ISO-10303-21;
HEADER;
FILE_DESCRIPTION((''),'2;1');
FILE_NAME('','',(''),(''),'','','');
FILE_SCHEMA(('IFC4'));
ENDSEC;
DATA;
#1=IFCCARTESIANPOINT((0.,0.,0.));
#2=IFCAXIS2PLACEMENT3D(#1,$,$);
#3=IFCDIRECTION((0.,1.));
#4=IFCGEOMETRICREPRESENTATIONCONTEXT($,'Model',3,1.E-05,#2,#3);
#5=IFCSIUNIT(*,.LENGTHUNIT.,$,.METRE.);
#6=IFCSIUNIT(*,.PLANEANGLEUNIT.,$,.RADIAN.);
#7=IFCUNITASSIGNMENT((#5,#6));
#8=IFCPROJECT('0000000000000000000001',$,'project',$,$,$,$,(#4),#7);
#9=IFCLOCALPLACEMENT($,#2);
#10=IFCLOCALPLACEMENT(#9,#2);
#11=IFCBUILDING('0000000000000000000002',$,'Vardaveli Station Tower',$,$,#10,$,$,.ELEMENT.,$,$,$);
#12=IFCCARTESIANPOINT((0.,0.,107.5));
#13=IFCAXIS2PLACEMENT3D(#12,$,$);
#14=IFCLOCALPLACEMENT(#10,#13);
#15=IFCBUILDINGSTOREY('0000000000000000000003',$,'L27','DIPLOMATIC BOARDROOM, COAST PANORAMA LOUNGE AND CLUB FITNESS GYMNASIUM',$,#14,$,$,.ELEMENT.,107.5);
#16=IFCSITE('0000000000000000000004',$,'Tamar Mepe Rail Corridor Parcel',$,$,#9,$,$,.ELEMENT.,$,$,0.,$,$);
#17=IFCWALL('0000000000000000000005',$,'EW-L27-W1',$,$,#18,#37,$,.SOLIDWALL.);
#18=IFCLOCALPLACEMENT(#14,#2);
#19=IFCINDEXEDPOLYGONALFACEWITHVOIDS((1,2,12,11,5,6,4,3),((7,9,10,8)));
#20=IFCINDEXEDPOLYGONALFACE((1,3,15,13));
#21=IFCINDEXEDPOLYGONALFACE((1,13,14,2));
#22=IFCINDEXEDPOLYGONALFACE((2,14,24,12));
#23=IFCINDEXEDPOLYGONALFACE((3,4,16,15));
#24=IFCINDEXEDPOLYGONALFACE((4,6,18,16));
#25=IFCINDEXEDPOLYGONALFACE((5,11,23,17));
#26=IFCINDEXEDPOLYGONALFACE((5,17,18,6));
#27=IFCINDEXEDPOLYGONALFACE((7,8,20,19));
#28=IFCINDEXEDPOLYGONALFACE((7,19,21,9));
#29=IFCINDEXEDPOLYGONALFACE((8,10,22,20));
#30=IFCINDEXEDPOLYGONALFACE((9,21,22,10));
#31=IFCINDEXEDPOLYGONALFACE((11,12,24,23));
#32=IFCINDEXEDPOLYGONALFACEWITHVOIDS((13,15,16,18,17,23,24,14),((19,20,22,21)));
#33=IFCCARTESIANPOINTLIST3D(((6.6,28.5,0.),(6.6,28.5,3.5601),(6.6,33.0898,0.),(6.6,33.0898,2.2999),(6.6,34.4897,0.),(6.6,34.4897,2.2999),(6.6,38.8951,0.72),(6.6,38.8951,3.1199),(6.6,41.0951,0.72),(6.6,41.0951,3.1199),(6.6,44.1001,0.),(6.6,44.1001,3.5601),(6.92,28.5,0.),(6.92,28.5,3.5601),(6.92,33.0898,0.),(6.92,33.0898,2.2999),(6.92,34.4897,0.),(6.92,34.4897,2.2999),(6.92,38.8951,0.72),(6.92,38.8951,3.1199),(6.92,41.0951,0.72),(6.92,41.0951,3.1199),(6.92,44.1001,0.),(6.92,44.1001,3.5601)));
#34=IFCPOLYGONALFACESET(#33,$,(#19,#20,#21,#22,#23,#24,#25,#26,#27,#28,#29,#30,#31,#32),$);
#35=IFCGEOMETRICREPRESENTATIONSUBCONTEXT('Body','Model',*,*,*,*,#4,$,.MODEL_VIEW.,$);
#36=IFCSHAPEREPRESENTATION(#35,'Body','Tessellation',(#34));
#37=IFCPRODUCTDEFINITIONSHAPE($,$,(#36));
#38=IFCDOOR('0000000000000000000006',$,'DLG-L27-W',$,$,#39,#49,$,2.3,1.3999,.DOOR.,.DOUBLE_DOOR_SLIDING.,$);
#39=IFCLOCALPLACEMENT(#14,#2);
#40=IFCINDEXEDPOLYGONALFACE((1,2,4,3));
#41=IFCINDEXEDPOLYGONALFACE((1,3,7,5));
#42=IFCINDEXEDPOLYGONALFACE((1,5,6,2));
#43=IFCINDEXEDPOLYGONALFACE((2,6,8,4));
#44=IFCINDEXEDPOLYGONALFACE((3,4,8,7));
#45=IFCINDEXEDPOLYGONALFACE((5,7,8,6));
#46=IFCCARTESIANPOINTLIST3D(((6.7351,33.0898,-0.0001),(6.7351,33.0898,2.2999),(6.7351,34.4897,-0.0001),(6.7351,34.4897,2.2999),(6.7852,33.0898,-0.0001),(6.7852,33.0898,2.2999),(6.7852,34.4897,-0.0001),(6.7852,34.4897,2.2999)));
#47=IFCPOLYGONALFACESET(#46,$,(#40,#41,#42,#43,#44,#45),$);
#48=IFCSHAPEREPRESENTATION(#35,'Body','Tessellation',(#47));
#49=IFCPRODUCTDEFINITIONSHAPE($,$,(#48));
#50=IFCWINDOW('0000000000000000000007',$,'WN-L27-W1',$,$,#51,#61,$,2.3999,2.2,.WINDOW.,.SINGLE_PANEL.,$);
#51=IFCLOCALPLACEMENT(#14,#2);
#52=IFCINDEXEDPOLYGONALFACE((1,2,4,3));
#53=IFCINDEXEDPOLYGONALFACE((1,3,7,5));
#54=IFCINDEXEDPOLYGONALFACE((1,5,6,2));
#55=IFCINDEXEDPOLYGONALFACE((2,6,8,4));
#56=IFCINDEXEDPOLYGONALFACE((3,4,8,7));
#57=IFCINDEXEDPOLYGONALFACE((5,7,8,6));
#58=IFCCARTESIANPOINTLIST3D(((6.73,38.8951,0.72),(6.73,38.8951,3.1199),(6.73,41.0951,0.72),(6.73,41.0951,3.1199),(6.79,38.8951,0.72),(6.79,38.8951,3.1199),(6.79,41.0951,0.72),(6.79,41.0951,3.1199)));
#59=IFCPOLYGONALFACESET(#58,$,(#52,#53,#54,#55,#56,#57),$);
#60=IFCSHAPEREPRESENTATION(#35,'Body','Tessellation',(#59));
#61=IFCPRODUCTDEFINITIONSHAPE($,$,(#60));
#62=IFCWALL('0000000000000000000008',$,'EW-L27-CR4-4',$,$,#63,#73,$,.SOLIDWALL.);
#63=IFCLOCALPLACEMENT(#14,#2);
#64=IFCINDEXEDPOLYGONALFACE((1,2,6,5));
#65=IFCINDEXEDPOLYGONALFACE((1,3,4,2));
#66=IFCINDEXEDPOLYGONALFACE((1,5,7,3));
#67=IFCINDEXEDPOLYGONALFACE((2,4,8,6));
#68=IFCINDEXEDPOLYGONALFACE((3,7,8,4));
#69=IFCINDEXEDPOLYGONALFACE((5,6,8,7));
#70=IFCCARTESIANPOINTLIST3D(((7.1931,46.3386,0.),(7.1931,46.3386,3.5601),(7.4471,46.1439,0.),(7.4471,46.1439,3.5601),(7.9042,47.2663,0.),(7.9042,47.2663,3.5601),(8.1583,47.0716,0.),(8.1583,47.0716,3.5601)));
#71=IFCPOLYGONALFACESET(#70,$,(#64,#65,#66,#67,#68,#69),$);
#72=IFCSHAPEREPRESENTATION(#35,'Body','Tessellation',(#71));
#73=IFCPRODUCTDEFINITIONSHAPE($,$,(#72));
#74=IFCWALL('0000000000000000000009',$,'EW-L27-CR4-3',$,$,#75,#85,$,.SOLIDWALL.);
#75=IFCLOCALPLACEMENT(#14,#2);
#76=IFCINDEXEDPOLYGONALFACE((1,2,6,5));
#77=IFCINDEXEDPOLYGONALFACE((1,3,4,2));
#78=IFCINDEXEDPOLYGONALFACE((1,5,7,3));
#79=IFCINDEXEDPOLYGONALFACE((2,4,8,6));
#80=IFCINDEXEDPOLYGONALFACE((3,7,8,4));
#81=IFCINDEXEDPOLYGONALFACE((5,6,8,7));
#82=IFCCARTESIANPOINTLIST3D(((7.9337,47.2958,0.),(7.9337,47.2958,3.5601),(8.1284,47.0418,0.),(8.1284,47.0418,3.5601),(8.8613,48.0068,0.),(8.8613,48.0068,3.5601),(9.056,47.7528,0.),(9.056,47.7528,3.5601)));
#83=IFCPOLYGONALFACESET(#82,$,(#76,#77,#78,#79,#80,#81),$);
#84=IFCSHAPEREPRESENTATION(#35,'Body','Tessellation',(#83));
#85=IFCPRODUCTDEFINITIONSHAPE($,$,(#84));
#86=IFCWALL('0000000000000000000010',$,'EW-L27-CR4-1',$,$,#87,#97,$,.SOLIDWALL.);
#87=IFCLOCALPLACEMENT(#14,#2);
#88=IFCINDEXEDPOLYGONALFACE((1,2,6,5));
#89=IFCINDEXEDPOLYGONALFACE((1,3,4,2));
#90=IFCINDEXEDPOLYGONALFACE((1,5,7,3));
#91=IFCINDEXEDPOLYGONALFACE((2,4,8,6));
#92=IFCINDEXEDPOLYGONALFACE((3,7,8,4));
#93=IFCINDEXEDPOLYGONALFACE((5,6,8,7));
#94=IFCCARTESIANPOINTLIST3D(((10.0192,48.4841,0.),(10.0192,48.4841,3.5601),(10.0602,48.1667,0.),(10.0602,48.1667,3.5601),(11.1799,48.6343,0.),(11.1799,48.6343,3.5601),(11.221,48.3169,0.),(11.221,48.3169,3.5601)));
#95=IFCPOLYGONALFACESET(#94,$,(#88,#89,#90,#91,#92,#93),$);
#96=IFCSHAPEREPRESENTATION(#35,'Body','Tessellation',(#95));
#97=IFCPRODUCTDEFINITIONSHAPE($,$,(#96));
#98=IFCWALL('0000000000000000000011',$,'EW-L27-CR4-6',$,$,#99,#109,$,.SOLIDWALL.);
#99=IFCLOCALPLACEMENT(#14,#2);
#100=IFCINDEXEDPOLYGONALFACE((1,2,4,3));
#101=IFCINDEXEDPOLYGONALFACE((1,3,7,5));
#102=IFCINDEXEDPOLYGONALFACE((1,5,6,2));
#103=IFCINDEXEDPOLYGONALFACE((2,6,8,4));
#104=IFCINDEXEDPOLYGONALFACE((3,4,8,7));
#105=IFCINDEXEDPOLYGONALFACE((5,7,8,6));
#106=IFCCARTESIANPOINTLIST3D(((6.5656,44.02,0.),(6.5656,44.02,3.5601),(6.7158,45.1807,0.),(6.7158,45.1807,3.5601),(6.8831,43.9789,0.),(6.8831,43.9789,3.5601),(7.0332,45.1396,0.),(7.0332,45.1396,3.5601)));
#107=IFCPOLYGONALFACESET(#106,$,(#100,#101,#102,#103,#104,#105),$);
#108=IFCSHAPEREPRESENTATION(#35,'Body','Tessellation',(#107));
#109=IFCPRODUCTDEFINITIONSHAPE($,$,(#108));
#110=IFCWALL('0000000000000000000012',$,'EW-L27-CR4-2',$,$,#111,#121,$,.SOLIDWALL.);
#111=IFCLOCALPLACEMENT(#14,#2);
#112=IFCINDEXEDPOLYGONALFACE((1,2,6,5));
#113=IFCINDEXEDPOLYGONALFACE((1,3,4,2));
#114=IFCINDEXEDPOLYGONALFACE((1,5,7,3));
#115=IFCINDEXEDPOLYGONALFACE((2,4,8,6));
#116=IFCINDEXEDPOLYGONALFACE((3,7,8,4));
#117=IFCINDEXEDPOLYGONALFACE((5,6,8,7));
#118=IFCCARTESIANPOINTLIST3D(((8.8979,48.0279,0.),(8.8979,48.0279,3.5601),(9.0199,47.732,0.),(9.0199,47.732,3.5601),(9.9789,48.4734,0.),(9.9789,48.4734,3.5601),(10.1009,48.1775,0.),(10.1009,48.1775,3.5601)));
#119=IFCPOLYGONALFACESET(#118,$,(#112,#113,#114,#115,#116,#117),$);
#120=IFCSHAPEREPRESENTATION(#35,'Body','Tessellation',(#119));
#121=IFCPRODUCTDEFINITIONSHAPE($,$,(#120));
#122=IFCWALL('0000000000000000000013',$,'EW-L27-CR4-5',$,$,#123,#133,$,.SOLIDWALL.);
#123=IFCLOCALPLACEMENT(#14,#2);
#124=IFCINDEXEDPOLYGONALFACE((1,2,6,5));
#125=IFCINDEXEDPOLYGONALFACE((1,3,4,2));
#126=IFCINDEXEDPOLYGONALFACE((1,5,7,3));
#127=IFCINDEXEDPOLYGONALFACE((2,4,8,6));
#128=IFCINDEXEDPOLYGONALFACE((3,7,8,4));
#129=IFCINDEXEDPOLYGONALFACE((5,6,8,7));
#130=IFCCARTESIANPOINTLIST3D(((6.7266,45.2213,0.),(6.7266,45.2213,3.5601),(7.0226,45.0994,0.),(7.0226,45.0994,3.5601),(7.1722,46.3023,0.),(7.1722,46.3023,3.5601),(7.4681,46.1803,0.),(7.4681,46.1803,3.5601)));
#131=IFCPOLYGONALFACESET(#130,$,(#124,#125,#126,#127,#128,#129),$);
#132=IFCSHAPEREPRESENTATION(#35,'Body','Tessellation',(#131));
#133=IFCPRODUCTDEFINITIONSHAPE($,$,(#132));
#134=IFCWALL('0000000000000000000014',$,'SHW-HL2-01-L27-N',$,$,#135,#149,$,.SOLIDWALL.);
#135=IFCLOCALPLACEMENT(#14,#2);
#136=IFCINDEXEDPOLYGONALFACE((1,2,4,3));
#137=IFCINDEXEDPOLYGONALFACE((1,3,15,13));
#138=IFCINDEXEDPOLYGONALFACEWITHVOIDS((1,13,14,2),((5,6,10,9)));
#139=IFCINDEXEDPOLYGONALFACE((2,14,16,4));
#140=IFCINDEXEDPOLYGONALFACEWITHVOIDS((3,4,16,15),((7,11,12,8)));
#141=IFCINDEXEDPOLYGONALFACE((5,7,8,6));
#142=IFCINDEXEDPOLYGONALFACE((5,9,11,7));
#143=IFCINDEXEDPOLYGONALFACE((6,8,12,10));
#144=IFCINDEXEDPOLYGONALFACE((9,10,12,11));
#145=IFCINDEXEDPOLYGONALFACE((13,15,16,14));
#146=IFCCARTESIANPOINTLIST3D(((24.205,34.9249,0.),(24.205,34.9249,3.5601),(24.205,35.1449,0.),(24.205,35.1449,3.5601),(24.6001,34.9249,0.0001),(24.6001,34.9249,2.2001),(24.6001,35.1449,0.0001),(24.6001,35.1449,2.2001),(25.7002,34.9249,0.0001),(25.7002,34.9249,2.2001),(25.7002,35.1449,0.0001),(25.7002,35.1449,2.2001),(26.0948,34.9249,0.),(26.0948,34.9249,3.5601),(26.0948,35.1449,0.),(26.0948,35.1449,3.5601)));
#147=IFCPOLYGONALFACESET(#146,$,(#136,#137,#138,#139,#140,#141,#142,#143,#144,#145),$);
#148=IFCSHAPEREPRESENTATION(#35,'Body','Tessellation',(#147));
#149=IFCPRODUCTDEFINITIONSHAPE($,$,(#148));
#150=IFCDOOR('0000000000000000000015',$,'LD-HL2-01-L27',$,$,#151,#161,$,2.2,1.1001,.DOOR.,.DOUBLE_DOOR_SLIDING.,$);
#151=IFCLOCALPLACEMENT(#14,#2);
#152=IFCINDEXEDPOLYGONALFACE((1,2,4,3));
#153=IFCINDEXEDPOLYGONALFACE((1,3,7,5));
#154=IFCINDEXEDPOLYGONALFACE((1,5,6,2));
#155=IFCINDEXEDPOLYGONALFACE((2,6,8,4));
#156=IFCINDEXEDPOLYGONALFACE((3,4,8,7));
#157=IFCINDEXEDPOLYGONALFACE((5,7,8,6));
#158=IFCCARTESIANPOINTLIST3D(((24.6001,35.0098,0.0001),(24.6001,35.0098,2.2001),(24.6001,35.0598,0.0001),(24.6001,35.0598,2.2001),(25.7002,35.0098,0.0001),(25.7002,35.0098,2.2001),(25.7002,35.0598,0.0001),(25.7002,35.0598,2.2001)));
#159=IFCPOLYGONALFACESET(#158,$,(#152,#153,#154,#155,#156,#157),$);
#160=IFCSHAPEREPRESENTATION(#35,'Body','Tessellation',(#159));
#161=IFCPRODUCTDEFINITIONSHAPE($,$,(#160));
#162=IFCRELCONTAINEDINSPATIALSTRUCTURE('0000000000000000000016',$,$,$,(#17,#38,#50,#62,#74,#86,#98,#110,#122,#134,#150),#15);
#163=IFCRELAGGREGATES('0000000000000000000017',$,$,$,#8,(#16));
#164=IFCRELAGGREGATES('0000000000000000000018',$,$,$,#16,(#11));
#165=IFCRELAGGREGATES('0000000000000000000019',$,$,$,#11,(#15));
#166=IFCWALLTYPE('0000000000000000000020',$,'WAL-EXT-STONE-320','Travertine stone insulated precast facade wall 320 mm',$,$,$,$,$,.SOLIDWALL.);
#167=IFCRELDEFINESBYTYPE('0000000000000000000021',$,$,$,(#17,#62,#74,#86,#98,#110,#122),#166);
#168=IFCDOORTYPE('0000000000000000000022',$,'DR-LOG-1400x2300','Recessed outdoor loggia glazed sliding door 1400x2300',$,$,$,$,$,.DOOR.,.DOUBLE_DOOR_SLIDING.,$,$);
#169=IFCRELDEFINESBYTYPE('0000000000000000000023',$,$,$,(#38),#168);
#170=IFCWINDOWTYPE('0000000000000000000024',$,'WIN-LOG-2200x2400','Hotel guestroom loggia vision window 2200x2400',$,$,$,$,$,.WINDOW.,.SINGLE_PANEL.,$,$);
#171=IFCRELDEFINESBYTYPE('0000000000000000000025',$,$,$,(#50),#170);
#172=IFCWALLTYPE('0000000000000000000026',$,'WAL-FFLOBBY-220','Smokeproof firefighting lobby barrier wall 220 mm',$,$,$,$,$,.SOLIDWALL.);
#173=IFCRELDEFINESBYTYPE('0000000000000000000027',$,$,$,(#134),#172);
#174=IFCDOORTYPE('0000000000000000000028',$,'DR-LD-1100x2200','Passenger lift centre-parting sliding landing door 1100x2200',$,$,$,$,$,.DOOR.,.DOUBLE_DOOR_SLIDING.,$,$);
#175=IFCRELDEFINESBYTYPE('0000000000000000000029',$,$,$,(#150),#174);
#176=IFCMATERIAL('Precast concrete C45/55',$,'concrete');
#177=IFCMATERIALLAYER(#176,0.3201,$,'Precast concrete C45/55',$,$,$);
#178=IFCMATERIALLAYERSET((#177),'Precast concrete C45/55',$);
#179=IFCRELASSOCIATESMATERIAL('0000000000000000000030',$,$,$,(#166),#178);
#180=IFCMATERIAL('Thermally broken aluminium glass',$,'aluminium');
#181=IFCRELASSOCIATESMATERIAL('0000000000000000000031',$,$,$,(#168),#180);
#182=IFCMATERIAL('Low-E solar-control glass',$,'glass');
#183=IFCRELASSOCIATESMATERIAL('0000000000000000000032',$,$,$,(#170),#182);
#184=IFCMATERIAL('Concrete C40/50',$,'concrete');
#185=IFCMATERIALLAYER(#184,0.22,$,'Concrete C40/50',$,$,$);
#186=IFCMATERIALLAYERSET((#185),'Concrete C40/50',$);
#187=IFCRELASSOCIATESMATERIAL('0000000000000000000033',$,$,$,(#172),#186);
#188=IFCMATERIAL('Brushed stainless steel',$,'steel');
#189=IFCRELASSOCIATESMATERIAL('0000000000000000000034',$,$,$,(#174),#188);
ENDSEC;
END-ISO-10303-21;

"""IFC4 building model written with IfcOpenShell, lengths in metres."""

from ifc_helpers import new_model, si_unit, direction, frame, frame_2d, origin, place, context, subcontext, project, spatial, rectangle, extrude, source, transform, mapped, material, layer, layer_set, type_object, element, fill, save


model = new_model("IFC4")

# Units and contexts
model_context = context("Model", 3, precision=1e-05, world=origin(), true_north=direction((0.0, 1.0)))
body_context = subcontext(model_context, "Body", "Model", "MODEL_VIEW")
ifc_project = project(units=[si_unit("LENGTHUNIT", "METRE"), si_unit("PLANEANGLEUNIT", "RADIAN")], contexts=[model_context])

# Site, building, storey
site_placement = place(None, origin())
site = spatial("IfcSite", under=ifc_project, at=site_placement, Name="Tamar Mepe Rail Corridor Parcel", CompositionType="ELEMENT", RefElevation=0.0)
building_placement = place(site_placement, origin())
building = spatial("IfcBuilding", under=site, at=building_placement, Name="Vardaveli Station Tower", CompositionType="ELEMENT")
storey_placement = place(building_placement, frame((0.0, 0.0, 107.5)))
storey = spatial("IfcBuildingStorey", under=building, at=storey_placement, Name="L27", Description="DIPLOMATIC BOARDROOM, COAST PANORAMA LOUNGE AND CLUB FITNESS GYMNASIUM", CompositionType="ELEMENT", Elevation=107.5)

# Shared definitions
ifc_material_1 = material(Name="Precast concrete C45/55", Category="concrete")

# Wall, openings, door, window
ifc_layer_1 = layer(ifc_material_1, 0.3201, Name="Precast concrete C45/55")
ifc_layer_set_1 = layer_set([ifc_layer_1], Name="Precast concrete C45/55")
wall_type_1 = type_object("IfcWallType", Name="WAL-EXT-STONE-320", Description="Travertine stone insulated precast facade wall 320 mm", PredefinedType="SOLIDWALL", material=ifc_layer_set_1)
shared_shape_1 = source(origin(), body_context, "Body", "SweptSolid", [
    extrude(rectangle(XDim=15.6001, YDim=0.3201, at=frame_2d((7.8, 0.0))), origin(), (0.0, 0.0, 1.0), 3.5601),
])
wall_1_placement = place(storey_placement, frame((6.76, 44.1001, 0.0), z_axis=(0.0, 0.0, 1.0), x_axis=(0.0, -1.0, 0.0)))
wall_1 = element("IfcWall", 1, at=wall_1_placement, inside=storey, type_object=wall_type_1, Name="EW-L27-W1", PredefinedType="SOLIDWALL", context=body_context, shape_type="MappedRepresentation", body=[
    mapped(shared_shape_1, transform((0.0, 0.0, 0.0), scale=1.0)),
])
shared_shape_2 = source(origin(), body_context, "Body", "SweptSolid", [
    extrude(rectangle(XDim=1.3999, YDim=2.3, at=frame_2d((0.7, 1.1499))), frame((0.0, 0.1699, 0.0), z_axis=(0.0, -1.0, 0.0), x_axis=(1.0, 0.0, 0.0)), (0.0, 0.0, 1.0), 0.3401),
])
opening_1_placement = place(wall_1_placement, frame((9.6104, 0.0, 0.0)))
opening_1 = element("IfcOpeningElement", 2, at=opening_1_placement, cuts=wall_1, PredefinedType="OPENING", context=body_context, shape_type="MappedRepresentation", body=[
    mapped(shared_shape_2, transform((0.0, 0.0, 0.0), scale=1.0)),
])
shared_shape_3 = source(origin(), body_context, "Body", "SweptSolid", [
    extrude(rectangle(XDim=2.2, YDim=2.3999, at=frame_2d((1.1001, 1.2))), frame((0.0, 0.1699, 0.0), z_axis=(0.0, -1.0, 0.0), x_axis=(1.0, 0.0, 0.0)), (0.0, 0.0, 1.0), 0.3401),
])
opening_2_placement = place(wall_1_placement, frame((3.0049, 0.0, 0.72)))
opening_2 = element("IfcOpeningElement", 3, at=opening_2_placement, cuts=wall_1, PredefinedType="OPENING", context=body_context, shape_type="MappedRepresentation", body=[
    mapped(shared_shape_3, transform((0.0, 0.0, 0.0), scale=1.0)),
])
ifc_material_2 = material(Name="Thermally broken aluminium glass", Category="aluminium")
door_type_1 = type_object("IfcDoorType", Name="DR-LOG-1400x2300", Description="Recessed outdoor loggia glazed sliding door 1400x2300", OperationType="DOUBLE_DOOR_SLIDING", PredefinedType="DOOR", material=ifc_material_2)
shared_shape_4 = source(origin(), body_context, "Body", "SweptSolid", [
    extrude(rectangle(XDim=1.3999, YDim=2.3, at=frame_2d((0.7, 1.1499))), frame((0.0, 0.0249, 0.0), z_axis=(0.0, -1.0, 0.0), x_axis=(1.0, 0.0, 0.0)), (0.0, 0.0, 1.0), 0.05),
])
door_1_placement = place(opening_1_placement, frame((1.3999, 0.0, 0.0), z_axis=(0.0, 0.0, 1.0), x_axis=(-1.0, 0.0, 0.0)))
door_1 = element("IfcDoor", 4, at=door_1_placement, inside=storey, type_object=door_type_1, Name="DLG-L27-W", OperationType="DOUBLE_DOOR_SLIDING", OverallHeight=2.3, OverallWidth=1.3999, PredefinedType="DOOR", context=body_context, shape_type="MappedRepresentation", body=[
    mapped(shared_shape_4, transform((0.0, 0.0, 0.0), scale=1.0)),
])
fill(opening_1, door_1)
ifc_material_3 = material(Name="Low-E solar-control glass", Category="glass")
window_type = type_object("IfcWindowType", Name="WIN-LOG-2200x2400", Description="Hotel guestroom loggia vision window 2200x2400", PartitioningType="SINGLE_PANEL", PredefinedType="WINDOW", material=ifc_material_3)
shared_shape_5 = source(origin(), body_context, "Body", "SweptSolid", [
    extrude(rectangle(XDim=2.2, YDim=2.3999, at=frame_2d((1.1001, 1.2))), frame((0.0, 0.03, 0.0), z_axis=(0.0, -1.0, 0.0), x_axis=(1.0, 0.0, 0.0)), (0.0, 0.0, 1.0), 0.0601),
])
window_placement = place(opening_2_placement, origin())
window = element("IfcWindow", 5, at=window_placement, inside=storey, type_object=window_type, Name="WN-L27-W1", OverallHeight=2.3999, OverallWidth=2.2, PartitioningType="SINGLE_PANEL", PredefinedType="WINDOW", context=body_context, shape_type="MappedRepresentation", body=[
    mapped(shared_shape_5, transform((0.0, 0.0, 0.0), scale=1.0)),
])
fill(opening_2, window)

# Walls
shared_shape_6 = source(origin(), body_context, "Body", "SweptSolid", [
    extrude(rectangle(XDim=1.1689, YDim=0.3201, at=frame_2d((0.5845, 0.0))), origin(), (0.0, 0.0, 1.0), 3.5601),
])
wall_2_placement = place(storey_placement, frame((8.0312, 47.1689, 0.0), z_axis=(0.0, 0.0, 1.0), x_axis=(-0.608388, -0.79364, 0.0)))
element("IfcWall", 6, at=wall_2_placement, inside=storey, type_object=wall_type_1, Name="EW-L27-CR4-4", PredefinedType="SOLIDWALL", context=body_context, shape_type="MappedRepresentation", body=[
    mapped(shared_shape_6, transform((0.0, 0.0, 0.0), scale=1.0)),
])
shared_shape_7 = source(origin(), body_context, "Body", "SweptSolid", [
    extrude(rectangle(XDim=1.1687, YDim=0.3201, at=frame_2d((0.5845, 0.0))), origin(), (0.0, 0.0, 1.0), 3.5601),
])
wall_3_placement = place(storey_placement, frame((8.9587, 47.8799, 0.0), z_axis=(0.0, 0.0, 1.0), x_axis=(-0.793664, -0.608357, 0.0)))
element("IfcWall", 7, at=wall_3_placement, inside=storey, type_object=wall_type_1, Name="EW-L27-CR4-3", PredefinedType="SOLIDWALL", context=body_context, shape_type="MappedRepresentation", body=[
    mapped(shared_shape_7, transform((0.0, 0.0, 0.0), scale=1.0)),
])
shared_shape_8 = source(origin(), body_context, "Body", "SweptSolid", [
    extrude(rectangle(XDim=1.1704, YDim=0.3201, at=frame_2d((0.5852, 0.0))), origin(), (0.0, 0.0, 1.0), 3.5601),
])
for number, where, z_axis, x_axis, name in (
    (8, (11.2004, 48.4756, 0.0), (0.0, 0.0, 1.0), (-0.991736, -0.128296, 0.0), "EW-L27-CR4-1"),
    (9, (6.8745, 45.1602, 0.0), (0.0, 0.0, 1.0), (-0.128296, -0.991736, 0.0), "EW-L27-CR4-6"),
):
    element("IfcWall", number, at=place(storey_placement, frame(where, z_axis=z_axis, x_axis=x_axis)), inside=storey, type_object=wall_type_1, Name=name, PredefinedType="SOLIDWALL", context=body_context, shape_type="MappedRepresentation", body=[
        mapped(shared_shape_8, transform((0.0, 0.0, 0.0), scale=1.0)),
    ])
shared_shape_9 = source(origin(), body_context, "Body", "SweptSolid", [
    extrude(rectangle(XDim=1.1692, YDim=0.3201, at=frame_2d((0.5845, 0.0))), origin(), (0.0, 0.0, 1.0), 3.5601),
])
for number, where, z_axis, x_axis, name in (
    (10, (10.0398, 48.3254, 0.0), (0.0, 0.0, 1.0), (-0.924553, -0.381054, 0.0), "EW-L27-CR4-2"),
    (11, (7.3201, 46.2412, 0.0), (0.0, 0.0, 1.0), (-0.381054, -0.924553, 0.0), "EW-L27-CR4-5"),
):
    element("IfcWall", number, at=place(storey_placement, frame(where, z_axis=z_axis, x_axis=x_axis)), inside=storey, type_object=wall_type_1, Name=name, PredefinedType="SOLIDWALL", context=body_context, shape_type="MappedRepresentation", body=[
        mapped(shared_shape_9, transform((0.0, 0.0, 0.0), scale=1.0)),
    ])

# Wall, opening, door
ifc_material_4 = material(Name="Concrete C40/50", Category="concrete")
ifc_layer_2 = layer(ifc_material_4, 0.22, Name="Concrete C40/50")
ifc_layer_set_2 = layer_set([ifc_layer_2], Name="Concrete C40/50")
wall_type_2 = type_object("IfcWallType", Name="WAL-FFLOBBY-220", Description="Smokeproof firefighting lobby barrier wall 220 mm", PredefinedType="SOLIDWALL", material=ifc_layer_set_2)
shared_shape_10 = source(origin(), body_context, "Body", "SweptSolid", [
    extrude(rectangle(XDim=1.8899, YDim=0.22, at=frame_2d((0.9448, 0.0))), origin(), (0.0, 0.0, 1.0), 3.5601),
])
wall_4_placement = place(storey_placement, frame((24.2051, 35.0349, 0.0), z_axis=(0.0, 0.0, 1.0), x_axis=(1.0, 0.0, 0.0)))
wall_4 = element("IfcWall", 12, at=wall_4_placement, inside=storey, type_object=wall_type_2, Name="SHW-HL2-01-L27-N", PredefinedType="SOLIDWALL", context=body_context, shape_type="MappedRepresentation", body=[
    mapped(shared_shape_10, transform((0.0, 0.0, 0.0), scale=1.0)),
])
shared_shape_11 = source(origin(), body_context, "Body", "SweptSolid", [
    extrude(rectangle(XDim=1.1001, YDim=2.2, at=frame_2d((0.55, 1.1001))), frame((0.0, 0.1201, 0.0), z_axis=(0.0, -1.0, 0.0), x_axis=(1.0, 0.0, 0.0)), (0.0, 0.0, 1.0), 0.24),
])
opening_3_placement = place(wall_4_placement, frame((0.395, 0.0, 0.0)))
opening_3 = element("IfcOpeningElement", 13, at=opening_3_placement, cuts=wall_4, PredefinedType="OPENING", context=body_context, shape_type="MappedRepresentation", body=[
    mapped(shared_shape_11, transform((0.0, 0.0, 0.0), scale=1.0)),
])
ifc_material_5 = material(Name="Brushed stainless steel", Category="steel")
door_type_2 = type_object("IfcDoorType", Name="DR-LD-1100x2200", Description="Passenger lift centre-parting sliding landing door 1100x2200", OperationType="DOUBLE_DOOR_SLIDING", PredefinedType="DOOR", material=ifc_material_5)
shared_shape_12 = source(origin(), body_context, "Body", "SweptSolid", [
    extrude(rectangle(XDim=1.1001, YDim=2.2, at=frame_2d((0.55, 1.1001))), frame((0.0, 0.0249, 0.0), z_axis=(0.0, -1.0, 0.0), x_axis=(1.0, 0.0, 0.0)), (0.0, 0.0, 1.0), 0.05),
])
door_2_placement = place(opening_3_placement, origin())
door_2 = element("IfcDoor", 14, at=door_2_placement, inside=storey, type_object=door_type_2, Name="LD-HL2-01-L27", OperationType="DOUBLE_DOOR_SLIDING", OverallHeight=2.2, OverallWidth=1.1001, PredefinedType="DOOR", context=body_context, shape_type="MappedRepresentation", body=[
    mapped(shared_shape_12, transform((0.0, 0.0, 0.0), scale=1.0)),
])
fill(opening_3, door_2)

save(model, "model.ifc")
